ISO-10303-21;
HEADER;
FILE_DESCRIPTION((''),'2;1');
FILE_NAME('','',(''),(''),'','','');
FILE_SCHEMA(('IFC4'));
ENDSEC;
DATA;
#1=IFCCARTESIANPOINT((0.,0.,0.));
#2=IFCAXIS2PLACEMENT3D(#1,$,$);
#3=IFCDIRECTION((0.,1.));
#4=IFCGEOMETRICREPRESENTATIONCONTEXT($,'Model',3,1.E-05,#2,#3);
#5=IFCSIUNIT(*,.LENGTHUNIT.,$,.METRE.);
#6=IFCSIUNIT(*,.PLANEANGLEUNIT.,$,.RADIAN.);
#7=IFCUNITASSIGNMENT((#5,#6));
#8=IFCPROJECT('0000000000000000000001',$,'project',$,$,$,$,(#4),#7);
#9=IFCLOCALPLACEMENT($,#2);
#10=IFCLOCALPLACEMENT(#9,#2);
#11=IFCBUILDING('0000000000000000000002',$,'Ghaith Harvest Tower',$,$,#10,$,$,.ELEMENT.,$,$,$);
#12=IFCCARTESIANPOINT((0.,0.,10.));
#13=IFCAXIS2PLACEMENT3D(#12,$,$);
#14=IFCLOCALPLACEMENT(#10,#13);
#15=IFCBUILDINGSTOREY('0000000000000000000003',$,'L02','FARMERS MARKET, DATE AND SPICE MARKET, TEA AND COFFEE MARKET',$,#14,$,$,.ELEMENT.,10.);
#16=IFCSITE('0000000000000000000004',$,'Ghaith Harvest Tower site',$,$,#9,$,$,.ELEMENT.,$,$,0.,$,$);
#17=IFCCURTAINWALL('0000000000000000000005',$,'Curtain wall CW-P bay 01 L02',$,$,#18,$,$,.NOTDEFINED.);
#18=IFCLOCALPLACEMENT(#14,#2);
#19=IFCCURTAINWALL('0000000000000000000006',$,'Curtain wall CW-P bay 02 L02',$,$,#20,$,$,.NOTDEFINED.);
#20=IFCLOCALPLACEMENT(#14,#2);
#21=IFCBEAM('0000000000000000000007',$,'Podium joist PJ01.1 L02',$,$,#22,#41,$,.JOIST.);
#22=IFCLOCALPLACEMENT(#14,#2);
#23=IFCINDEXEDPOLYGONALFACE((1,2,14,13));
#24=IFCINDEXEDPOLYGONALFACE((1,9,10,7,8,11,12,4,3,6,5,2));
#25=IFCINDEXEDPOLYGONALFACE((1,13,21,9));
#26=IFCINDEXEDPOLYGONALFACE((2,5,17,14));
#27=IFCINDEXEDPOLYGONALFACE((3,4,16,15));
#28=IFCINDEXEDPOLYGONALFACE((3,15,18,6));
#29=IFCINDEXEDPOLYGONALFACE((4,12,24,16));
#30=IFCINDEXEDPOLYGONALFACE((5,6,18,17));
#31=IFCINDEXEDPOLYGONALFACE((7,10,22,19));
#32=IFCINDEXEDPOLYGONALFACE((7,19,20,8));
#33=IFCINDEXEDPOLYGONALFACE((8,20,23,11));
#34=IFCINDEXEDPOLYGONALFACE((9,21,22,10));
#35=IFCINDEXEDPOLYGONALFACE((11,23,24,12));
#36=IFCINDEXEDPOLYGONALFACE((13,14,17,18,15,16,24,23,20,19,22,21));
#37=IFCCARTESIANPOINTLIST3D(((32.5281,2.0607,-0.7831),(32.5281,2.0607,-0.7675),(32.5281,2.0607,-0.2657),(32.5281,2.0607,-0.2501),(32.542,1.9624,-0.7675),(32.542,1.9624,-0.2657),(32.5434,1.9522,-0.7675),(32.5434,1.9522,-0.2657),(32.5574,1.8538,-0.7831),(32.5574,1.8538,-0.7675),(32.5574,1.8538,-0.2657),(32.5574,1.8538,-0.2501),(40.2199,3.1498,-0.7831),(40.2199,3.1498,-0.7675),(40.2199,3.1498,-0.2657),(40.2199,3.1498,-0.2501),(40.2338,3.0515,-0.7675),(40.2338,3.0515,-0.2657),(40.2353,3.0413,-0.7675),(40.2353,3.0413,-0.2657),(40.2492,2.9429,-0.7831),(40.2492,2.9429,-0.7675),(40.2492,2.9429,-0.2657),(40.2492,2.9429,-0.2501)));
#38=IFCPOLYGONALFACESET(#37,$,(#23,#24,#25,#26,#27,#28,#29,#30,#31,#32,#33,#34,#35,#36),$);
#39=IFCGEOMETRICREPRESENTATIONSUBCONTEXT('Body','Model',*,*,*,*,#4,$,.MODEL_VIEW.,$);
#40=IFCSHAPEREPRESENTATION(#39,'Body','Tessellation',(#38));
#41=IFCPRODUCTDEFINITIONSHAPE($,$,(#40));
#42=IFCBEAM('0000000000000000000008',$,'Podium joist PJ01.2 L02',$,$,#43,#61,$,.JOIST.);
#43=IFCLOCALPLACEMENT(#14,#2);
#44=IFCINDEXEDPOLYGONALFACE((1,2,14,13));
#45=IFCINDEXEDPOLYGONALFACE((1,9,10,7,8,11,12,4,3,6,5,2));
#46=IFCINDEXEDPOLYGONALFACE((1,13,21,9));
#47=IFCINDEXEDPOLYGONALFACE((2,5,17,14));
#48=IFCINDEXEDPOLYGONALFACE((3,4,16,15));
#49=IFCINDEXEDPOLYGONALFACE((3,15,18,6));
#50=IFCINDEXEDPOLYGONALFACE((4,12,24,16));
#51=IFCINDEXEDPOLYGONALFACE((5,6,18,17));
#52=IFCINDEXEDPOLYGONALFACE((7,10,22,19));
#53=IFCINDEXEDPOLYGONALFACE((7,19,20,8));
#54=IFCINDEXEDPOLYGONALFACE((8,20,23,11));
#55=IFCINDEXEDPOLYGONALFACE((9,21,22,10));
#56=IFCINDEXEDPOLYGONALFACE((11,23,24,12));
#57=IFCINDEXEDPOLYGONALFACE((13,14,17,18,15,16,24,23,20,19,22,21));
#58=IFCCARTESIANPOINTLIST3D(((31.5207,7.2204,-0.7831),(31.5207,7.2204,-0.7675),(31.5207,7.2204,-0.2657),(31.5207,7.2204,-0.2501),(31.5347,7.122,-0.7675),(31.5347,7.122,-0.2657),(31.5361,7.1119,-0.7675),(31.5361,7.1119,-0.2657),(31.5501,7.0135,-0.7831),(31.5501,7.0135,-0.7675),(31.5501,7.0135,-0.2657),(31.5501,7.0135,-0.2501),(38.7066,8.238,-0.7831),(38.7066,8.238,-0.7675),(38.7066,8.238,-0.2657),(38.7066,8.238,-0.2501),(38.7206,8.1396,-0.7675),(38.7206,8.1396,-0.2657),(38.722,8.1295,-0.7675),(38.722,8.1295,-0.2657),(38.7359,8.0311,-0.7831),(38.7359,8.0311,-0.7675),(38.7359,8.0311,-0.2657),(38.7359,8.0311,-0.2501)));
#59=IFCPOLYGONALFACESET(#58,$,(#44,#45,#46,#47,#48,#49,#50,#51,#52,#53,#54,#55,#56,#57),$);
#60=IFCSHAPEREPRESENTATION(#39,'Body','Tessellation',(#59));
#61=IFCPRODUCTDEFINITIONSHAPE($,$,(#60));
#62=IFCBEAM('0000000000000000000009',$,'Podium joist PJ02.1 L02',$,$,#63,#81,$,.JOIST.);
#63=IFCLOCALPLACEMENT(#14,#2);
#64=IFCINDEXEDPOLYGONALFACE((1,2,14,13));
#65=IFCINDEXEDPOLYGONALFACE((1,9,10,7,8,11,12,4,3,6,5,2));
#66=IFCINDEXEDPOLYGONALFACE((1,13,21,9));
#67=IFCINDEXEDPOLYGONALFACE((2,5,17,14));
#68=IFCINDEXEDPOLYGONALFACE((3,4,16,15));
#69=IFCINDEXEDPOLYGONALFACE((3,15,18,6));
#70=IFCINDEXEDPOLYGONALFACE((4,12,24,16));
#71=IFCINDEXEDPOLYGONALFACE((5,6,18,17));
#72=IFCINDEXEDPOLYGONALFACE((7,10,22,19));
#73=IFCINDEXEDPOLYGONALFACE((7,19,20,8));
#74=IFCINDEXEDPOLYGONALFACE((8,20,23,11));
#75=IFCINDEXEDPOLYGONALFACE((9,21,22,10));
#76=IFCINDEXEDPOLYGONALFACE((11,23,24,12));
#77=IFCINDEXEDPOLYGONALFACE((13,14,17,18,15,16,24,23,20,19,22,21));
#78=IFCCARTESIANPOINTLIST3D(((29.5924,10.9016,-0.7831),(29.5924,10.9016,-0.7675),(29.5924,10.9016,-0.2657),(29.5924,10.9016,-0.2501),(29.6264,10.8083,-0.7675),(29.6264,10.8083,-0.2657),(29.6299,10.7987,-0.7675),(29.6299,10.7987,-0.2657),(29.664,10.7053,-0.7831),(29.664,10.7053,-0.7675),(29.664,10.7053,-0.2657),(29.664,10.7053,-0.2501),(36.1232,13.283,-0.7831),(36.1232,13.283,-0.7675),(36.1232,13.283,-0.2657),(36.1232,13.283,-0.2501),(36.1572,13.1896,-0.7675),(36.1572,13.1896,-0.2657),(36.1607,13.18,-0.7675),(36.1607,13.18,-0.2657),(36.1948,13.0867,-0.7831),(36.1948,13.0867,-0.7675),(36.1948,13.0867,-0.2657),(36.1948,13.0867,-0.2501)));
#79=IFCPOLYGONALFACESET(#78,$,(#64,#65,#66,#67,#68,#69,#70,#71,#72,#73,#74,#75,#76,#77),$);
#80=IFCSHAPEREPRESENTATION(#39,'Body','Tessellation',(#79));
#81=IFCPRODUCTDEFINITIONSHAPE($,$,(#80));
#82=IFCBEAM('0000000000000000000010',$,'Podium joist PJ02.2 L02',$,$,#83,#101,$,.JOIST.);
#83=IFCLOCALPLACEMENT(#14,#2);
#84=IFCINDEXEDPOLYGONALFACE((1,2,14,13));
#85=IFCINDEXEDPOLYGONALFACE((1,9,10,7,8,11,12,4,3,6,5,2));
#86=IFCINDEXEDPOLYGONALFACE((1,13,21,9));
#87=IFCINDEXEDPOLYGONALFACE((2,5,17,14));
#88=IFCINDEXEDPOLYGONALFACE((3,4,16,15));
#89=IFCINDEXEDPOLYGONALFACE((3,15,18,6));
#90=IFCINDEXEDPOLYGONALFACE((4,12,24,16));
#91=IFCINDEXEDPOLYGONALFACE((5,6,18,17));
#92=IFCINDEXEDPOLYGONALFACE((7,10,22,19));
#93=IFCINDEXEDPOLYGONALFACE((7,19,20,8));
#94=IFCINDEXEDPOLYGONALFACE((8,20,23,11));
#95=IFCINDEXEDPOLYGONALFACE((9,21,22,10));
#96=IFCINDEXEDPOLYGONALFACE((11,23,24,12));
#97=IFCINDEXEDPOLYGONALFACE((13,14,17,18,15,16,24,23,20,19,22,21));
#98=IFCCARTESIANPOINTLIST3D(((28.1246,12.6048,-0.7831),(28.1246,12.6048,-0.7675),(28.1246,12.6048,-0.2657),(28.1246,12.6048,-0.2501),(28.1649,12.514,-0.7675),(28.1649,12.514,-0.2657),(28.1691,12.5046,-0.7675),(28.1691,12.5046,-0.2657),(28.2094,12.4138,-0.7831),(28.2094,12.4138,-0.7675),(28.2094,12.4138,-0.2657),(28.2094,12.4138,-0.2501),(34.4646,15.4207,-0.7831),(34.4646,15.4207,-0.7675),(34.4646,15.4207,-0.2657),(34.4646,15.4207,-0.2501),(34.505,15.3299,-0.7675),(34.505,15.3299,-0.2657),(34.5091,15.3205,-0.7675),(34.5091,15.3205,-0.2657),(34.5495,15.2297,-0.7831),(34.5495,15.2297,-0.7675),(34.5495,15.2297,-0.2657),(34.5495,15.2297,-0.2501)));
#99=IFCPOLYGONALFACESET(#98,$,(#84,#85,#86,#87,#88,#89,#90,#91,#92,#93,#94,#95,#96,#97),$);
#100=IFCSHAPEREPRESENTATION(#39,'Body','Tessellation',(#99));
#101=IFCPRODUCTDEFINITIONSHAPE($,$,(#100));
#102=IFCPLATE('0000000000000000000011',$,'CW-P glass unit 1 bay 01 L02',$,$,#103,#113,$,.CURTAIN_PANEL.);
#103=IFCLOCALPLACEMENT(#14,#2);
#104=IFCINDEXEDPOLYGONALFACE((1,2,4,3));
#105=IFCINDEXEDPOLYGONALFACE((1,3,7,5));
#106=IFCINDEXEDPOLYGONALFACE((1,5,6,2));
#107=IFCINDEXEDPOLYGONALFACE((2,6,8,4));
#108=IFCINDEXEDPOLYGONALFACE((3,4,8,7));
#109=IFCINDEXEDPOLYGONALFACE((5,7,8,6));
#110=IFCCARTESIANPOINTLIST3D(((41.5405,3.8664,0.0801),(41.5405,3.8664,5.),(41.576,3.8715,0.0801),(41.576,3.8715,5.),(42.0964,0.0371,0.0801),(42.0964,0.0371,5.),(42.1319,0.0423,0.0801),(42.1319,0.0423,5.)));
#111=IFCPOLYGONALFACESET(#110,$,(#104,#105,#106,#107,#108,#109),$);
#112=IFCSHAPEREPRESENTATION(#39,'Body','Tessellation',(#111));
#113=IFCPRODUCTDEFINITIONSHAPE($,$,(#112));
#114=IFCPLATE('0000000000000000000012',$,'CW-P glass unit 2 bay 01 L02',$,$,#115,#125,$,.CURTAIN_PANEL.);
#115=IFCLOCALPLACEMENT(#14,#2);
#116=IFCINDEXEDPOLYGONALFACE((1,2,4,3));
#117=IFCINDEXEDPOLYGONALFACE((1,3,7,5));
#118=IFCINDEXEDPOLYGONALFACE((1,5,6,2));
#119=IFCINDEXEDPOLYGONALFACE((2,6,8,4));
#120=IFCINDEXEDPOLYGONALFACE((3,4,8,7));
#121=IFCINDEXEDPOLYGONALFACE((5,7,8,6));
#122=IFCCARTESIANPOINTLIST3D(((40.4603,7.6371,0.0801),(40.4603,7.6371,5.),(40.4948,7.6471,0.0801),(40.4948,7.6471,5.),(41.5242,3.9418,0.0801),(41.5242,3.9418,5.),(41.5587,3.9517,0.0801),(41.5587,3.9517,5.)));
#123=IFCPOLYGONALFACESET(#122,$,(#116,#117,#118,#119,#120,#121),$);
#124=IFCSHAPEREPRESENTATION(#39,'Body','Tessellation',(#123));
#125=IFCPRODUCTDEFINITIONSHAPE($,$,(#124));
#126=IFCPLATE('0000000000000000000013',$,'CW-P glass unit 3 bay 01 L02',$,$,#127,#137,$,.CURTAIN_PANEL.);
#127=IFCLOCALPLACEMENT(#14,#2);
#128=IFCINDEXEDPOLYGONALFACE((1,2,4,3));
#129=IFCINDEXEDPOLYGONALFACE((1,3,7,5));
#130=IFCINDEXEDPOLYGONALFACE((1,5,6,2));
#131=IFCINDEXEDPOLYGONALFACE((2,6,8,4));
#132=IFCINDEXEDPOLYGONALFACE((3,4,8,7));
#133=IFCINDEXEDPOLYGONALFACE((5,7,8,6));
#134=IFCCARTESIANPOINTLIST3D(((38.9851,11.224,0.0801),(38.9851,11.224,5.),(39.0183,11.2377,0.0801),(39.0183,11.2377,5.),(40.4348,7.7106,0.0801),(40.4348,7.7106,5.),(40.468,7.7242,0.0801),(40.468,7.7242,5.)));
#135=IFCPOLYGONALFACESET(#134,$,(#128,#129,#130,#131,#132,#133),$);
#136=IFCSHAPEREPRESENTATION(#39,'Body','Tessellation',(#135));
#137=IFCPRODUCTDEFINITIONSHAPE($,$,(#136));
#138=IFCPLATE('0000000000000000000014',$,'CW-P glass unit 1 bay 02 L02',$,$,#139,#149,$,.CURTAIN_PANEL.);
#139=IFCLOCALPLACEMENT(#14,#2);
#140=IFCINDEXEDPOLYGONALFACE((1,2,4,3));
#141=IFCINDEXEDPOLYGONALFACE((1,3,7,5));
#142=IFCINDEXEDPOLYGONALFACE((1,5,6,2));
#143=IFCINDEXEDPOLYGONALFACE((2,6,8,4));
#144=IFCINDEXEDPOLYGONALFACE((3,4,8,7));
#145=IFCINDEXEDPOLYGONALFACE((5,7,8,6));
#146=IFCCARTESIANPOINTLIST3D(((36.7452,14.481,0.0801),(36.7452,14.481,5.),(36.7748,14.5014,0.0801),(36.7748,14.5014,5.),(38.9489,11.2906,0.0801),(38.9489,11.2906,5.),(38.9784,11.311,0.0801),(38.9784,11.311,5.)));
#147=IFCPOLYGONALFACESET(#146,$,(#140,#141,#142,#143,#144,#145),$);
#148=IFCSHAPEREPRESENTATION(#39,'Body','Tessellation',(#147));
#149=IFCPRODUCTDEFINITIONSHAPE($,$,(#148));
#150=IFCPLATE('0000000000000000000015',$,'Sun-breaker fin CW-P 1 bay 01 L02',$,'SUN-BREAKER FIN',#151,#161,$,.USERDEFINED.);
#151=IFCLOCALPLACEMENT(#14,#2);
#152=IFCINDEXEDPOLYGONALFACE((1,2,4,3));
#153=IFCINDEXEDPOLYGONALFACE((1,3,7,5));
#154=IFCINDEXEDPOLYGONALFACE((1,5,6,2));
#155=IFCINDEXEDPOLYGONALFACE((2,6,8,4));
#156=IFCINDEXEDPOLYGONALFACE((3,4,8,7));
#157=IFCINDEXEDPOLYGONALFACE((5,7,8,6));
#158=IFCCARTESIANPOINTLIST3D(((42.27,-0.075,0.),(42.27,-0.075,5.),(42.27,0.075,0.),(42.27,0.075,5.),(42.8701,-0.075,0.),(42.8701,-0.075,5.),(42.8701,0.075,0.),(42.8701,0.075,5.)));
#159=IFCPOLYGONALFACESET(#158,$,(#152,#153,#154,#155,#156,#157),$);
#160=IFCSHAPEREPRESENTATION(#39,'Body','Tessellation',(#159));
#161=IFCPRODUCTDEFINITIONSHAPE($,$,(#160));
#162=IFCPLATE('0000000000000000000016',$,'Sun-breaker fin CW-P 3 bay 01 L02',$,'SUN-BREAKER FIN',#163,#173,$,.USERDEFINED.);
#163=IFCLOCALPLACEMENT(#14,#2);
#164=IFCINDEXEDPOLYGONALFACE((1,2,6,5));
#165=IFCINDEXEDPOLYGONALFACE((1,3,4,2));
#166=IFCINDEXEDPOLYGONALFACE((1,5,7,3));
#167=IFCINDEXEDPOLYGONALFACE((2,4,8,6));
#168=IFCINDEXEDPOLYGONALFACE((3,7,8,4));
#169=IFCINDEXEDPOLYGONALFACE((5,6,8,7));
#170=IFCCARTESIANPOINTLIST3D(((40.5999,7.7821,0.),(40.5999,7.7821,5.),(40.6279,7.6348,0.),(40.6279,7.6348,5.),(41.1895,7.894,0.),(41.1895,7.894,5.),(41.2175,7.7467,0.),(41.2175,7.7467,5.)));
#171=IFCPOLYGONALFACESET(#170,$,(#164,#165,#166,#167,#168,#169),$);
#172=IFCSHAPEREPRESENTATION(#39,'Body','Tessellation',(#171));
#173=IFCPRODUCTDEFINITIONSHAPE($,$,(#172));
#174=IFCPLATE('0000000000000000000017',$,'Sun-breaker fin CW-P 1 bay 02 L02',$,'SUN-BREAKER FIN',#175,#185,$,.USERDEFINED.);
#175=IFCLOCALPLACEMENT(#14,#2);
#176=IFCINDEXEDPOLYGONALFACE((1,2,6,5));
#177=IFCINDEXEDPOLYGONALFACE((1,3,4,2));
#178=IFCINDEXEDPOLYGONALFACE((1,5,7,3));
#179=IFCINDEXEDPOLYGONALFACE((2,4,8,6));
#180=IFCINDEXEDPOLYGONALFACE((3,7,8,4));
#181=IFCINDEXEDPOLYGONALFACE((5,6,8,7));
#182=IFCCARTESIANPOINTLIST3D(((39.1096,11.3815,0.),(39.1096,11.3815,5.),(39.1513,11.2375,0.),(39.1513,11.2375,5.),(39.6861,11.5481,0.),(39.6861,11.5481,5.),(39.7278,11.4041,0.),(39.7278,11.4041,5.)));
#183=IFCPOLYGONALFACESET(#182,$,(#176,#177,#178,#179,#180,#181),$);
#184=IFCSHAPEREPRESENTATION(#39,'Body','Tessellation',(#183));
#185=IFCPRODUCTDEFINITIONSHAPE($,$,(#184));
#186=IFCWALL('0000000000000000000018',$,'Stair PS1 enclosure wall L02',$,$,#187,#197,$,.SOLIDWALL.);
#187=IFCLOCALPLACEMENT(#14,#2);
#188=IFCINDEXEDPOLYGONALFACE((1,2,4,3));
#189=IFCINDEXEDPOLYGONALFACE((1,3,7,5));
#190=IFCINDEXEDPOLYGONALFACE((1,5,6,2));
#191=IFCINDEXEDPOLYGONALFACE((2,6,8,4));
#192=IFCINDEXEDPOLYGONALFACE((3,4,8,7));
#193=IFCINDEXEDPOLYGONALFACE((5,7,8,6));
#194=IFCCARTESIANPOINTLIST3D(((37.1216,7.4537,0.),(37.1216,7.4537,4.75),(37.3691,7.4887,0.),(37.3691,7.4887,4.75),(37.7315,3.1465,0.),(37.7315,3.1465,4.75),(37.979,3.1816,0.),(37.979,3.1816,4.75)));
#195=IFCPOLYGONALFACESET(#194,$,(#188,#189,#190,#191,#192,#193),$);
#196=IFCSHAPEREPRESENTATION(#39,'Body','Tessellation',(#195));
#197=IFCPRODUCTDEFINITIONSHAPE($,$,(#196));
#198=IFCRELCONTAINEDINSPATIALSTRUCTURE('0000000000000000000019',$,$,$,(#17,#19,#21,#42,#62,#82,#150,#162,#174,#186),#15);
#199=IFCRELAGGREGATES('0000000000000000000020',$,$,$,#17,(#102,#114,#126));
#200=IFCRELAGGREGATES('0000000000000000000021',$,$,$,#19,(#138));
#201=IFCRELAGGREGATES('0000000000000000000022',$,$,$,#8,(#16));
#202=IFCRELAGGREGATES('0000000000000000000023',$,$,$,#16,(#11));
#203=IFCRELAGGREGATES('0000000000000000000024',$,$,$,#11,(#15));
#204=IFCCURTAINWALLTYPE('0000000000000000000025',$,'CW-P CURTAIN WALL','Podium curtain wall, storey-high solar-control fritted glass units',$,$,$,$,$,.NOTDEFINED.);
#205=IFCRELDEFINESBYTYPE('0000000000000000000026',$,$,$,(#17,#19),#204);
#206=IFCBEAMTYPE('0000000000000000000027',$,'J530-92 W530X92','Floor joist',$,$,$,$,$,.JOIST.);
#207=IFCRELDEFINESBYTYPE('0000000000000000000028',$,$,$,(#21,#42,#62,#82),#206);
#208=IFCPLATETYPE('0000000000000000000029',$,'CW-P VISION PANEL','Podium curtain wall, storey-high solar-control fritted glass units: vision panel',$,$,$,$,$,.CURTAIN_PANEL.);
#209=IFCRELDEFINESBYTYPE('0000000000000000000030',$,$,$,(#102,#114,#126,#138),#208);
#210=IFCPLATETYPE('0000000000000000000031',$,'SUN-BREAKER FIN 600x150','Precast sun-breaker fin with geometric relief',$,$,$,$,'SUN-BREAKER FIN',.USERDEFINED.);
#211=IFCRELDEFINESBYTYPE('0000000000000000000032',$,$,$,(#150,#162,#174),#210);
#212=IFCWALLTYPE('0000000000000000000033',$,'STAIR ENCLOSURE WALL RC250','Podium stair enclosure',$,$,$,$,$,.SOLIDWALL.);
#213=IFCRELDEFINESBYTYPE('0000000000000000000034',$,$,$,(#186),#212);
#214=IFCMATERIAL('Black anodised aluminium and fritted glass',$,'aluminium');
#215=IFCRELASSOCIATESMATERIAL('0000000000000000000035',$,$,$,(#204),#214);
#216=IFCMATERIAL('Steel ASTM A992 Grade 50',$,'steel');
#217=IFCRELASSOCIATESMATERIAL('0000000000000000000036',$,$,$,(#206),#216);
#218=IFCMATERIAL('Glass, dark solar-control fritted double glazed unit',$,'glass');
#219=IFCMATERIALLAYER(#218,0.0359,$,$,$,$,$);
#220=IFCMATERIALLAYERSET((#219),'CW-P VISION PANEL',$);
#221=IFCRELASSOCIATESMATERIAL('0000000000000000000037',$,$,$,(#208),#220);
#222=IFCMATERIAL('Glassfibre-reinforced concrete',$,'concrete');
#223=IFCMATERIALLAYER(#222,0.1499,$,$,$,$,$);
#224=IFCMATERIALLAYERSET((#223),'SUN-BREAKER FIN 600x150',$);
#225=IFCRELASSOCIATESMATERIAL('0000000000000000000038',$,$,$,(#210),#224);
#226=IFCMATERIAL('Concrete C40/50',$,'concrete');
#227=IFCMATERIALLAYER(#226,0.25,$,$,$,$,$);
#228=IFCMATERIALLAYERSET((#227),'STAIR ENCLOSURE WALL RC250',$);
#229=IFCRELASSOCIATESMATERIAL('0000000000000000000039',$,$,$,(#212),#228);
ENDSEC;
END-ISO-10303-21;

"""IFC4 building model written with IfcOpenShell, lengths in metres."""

from ifc_helpers import new_model, si_unit, direction, frame, frame_2d, origin, origin_2d, place, context, subcontext, project, spatial, rectangle, i_section, extrude, material, layer, layer_set, material_profile, profile_set, type_object, element, aggregate, save


model = new_model("IFC4")

# Units and contexts
model_context = context("Model", 3, precision=1e-05, world=origin(), true_north=direction((0.0, 1.0)))
body_context = subcontext(model_context, "Body", "Model", "MODEL_VIEW")
ifc_project = project(units=[si_unit("LENGTHUNIT", "METRE"), si_unit("PLANEANGLEUNIT", "RADIAN")], contexts=[model_context])

# Site, building, storey
site_placement = place(None, origin())
site = spatial("IfcSite", under=ifc_project, at=site_placement, Name="Ghaith Harvest Tower site", CompositionType="ELEMENT", RefElevation=0.0)
building_placement = place(site_placement, origin())
building = spatial("IfcBuilding", under=site, at=building_placement, Name="Ghaith Harvest Tower", CompositionType="ELEMENT")
storey_placement = place(building_placement, frame((0.0, 0.0, 10.0)))
storey = spatial("IfcBuildingStorey", under=building, at=storey_placement, Name="L02", Description="FARMERS MARKET, DATE AND SPICE MARKET, TEA AND COFFEE MARKET", CompositionType="ELEMENT", Elevation=10.0)

# Curtain wall
ifc_material_1 = material(Name="Black anodised aluminium and fritted glass", Category="aluminium")
curtain_wall_type = type_object("IfcCurtainWallType", Name="CW-P CURTAIN WALL", Description="Podium curtain wall, storey-high solar-control fritted glass units", PredefinedType="NOTDEFINED", material=ifc_material_1)
curtain_wall_1_placement = place(storey_placement, origin())
curtain_wall_1 = element("IfcCurtainWall", 1, at=curtain_wall_1_placement, inside=storey, type_object=curtain_wall_type, Name="Curtain wall CW-P bay 01 L02", PredefinedType="NOTDEFINED")

# Curtain wall
curtain_wall_2_placement = place(storey_placement, origin())
curtain_wall_2 = element("IfcCurtainWall", 2, at=curtain_wall_2_placement, inside=storey, type_object=curtain_wall_type, Name="Curtain wall CW-P bay 02 L02", PredefinedType="NOTDEFINED")

# Beams
ifc_material_2 = material(Name="Steel ASTM A992 Grade 50", Category="steel")
ifc_material_profile_1 = material_profile(ifc_material_2, i_section(OverallWidth=0.209, OverallDepth=0.533, WebThickness=0.0103, FlangeThickness=0.0156, at=origin_2d()), Name="W530X92")
ifc_profile_set_1 = profile_set([ifc_material_profile_1], Name="Steel ASTM A992 Grade 50")
beam_type_1 = type_object("IfcBeamType", Name="J530-92 W530X92", Description="Floor joist", PredefinedType="JOIST", material=ifc_profile_set_1)
beam_1_placement = place(storey_placement, frame((32.5427, 1.9573, -0.5166), z_axis=(0.990124, 0.140194, 0.0), x_axis=(-0.140194, 0.990124, 0.0)))
element("IfcBeam", 3, at=beam_1_placement, inside=storey, type_object=beam_type_1, Name="Podium joist PJ01.1 L02", PredefinedType="JOIST", context=body_context, shape_type="SweptSolid", body=[
    extrude(i_section(OverallWidth=0.209, OverallDepth=0.533, WebThickness=0.0103, FlangeThickness=0.0156, at=origin_2d()), origin(), (0.0, 0.0, 1.0), 7.7686),
])
beam_2_placement = place(storey_placement, frame((31.5354, 7.1169, -0.5166), z_axis=(0.990122, 0.140211, 0.0), x_axis=(-0.140211, 0.990122, 0.0)))
element("IfcBeam", 4, at=beam_2_placement, inside=storey, type_object=beam_type_1, Name="Podium joist PJ01.2 L02", PredefinedType="JOIST", context=body_context, shape_type="SweptSolid", body=[
    extrude(i_section(OverallWidth=0.209, OverallDepth=0.533, WebThickness=0.0103, FlangeThickness=0.0156, at=origin_2d()), origin(), (0.0, 0.0, 1.0), 7.2576),
])
beam_3_placement = place(storey_placement, frame((29.6282, 10.8035, -0.5166), z_axis=(0.939492, 0.342572, 0.0), x_axis=(-0.342572, 0.939492, 0.0)))
element("IfcBeam", 5, at=beam_3_placement, inside=storey, type_object=beam_type_1, Name="Podium joist PJ02.1 L02", PredefinedType="JOIST", context=body_context, shape_type="SweptSolid", body=[
    extrude(i_section(OverallWidth=0.209, OverallDepth=0.533, WebThickness=0.0103, FlangeThickness=0.0156, at=origin_2d()), origin(), (0.0, 0.0, 1.0), 6.9514),
])
beam_4_placement = place(storey_placement, frame((28.167, 12.5093, -0.5166), z_axis=(0.913913, 0.40591, 0.0), x_axis=(-0.40591, 0.913913, 0.0)))
element("IfcBeam", 6, at=beam_4_placement, inside=storey, type_object=beam_type_1, Name="Podium joist PJ02.2 L02", PredefinedType="JOIST", context=body_context, shape_type="SweptSolid", body=[
    extrude(i_section(OverallWidth=0.209, OverallDepth=0.533, WebThickness=0.0103, FlangeThickness=0.0156, at=origin_2d()), origin(), (0.0, 0.0, 1.0), 6.9373),
])

# Plates
ifc_material_3 = material(Name="Glass, dark solar-control fritted double glazed unit", Category="glass")
ifc_layer_1 = layer(ifc_material_3, 0.0359)
ifc_layer_set_1 = layer_set([ifc_layer_1], Name="CW-P VISION PANEL")
plate_type_1 = type_object("IfcPlateType", Name="CW-P VISION PANEL", Description="Podium curtain wall, storey-high solar-control fritted glass units: vision panel", PredefinedType="CURTAIN_PANEL", material=ifc_layer_set_1)
plate_1_placement = place(storey_placement, frame((41.8362, 1.9543, 0.0801), z_axis=(0.0, 0.0, 1.0), x_axis=(-0.14367, 0.989626, 0.0)))
plate_1 = element("IfcPlate", 7, at=plate_1_placement, type_object=plate_type_1, Name="CW-P glass unit 1 bay 01 L02", PredefinedType="CURTAIN_PANEL", context=body_context, shape_type="SweptSolid", body=[
    extrude(rectangle(XDim=3.8694, YDim=0.0359, at=origin_2d()), origin(), (0.0, 0.0, 1.0), 4.9199),
])
plate_2_placement = place(storey_placement, frame((41.0095, 5.7944, 0.0801), z_axis=(0.0, 0.0, 1.0), x_axis=(-0.276673, 0.960964, 0.0)))
plate_2 = element("IfcPlate", 8, at=plate_2_placement, type_object=plate_type_1, Name="CW-P glass unit 2 bay 01 L02", PredefinedType="CURTAIN_PANEL", context=body_context, shape_type="SweptSolid", body=[
    extrude(rectangle(XDim=3.8455, YDim=0.0359, at=origin_2d()), origin(), (0.0, 0.0, 1.0), 4.9199),
])
plate_3_placement = place(storey_placement, frame((39.7266, 9.4741, 0.0801), z_axis=(0.0, 0.0, 1.0), x_axis=(-0.38143, 0.924398, 0.0)))
plate_3 = element("IfcPlate", 9, at=plate_3_placement, type_object=plate_type_1, Name="CW-P glass unit 3 bay 01 L02", PredefinedType="CURTAIN_PANEL", context=body_context, shape_type="SweptSolid", body=[
    extrude(rectangle(XDim=3.8008, YDim=0.0359, at=origin_2d()), origin(), (0.0, 0.0, 1.0), 4.9199),
])
aggregate(curtain_wall_1, [plate_1, plate_2, plate_3])
plate_4_placement = place(storey_placement, frame((37.8618, 12.896, 0.0801), z_axis=(0.0, 0.0, 1.0), x_axis=(-0.56832, 0.822808, 0.0)))
plate_4 = element("IfcPlate", 10, at=plate_4_placement, type_object=plate_type_1, Name="CW-P glass unit 1 bay 02 L02", PredefinedType="CURTAIN_PANEL", context=body_context, shape_type="SweptSolid", body=[
    extrude(rectangle(XDim=3.8774, YDim=0.0359, at=origin_2d()), origin(), (0.0, 0.0, 1.0), 4.9199),
])
aggregate(curtain_wall_2, [plate_4])

# Plates
ifc_material_4 = material(Name="Glassfibre-reinforced concrete", Category="concrete")
ifc_layer_2 = layer(ifc_material_4, 0.1499)
ifc_layer_set_2 = layer_set([ifc_layer_2], Name="SUN-BREAKER FIN 600x150")
plate_type_2 = type_object("IfcPlateType", Name="SUN-BREAKER FIN 600x150", Description="Precast sun-breaker fin with geometric relief", ElementType="SUN-BREAKER FIN", PredefinedType="USERDEFINED", material=ifc_layer_set_2)
for number, where, z_axis, x_axis, name in (
    (11, (42.5701, 0.0, 0.0), (0.0, 0.0, 1.0), (1.0, 0.0, 0.0), "Sun-breaker fin CW-P 1 bay 01 L02"),
    (12, (40.9087, 7.7644, 0.0), (0.0, 0.0, 1.0), (0.98246, 0.186471, 0.0), "Sun-breaker fin CW-P 3 bay 01 L02"),
    (13, (39.4187, 11.3928, 0.0), (0.0, 0.0, 1.0), (0.96068, 0.277657, 0.0), "Sun-breaker fin CW-P 1 bay 02 L02"),
):
    element("IfcPlate", number, at=place(storey_placement, frame(where, z_axis=z_axis, x_axis=x_axis)), inside=storey, type_object=plate_type_2, Name=name, ObjectType="SUN-BREAKER FIN", PredefinedType="USERDEFINED", context=body_context, shape_type="SweptSolid", body=[
        extrude(rectangle(XDim=0.6001, YDim=0.1499, at=origin_2d()), origin(), (0.0, 0.0, 1.0), 5.0),
    ])

# Shared definitions
ifc_material_5 = material(Name="Concrete C40/50", Category="concrete")
ifc_layer_3 = layer(ifc_material_5, 0.25)
ifc_layer_set_3 = layer_set([ifc_layer_3], Name="STAIR ENCLOSURE WALL RC250")
wall_type = type_object("IfcWallType", Name="STAIR ENCLOSURE WALL RC250", Description="Podium stair enclosure", PredefinedType="SOLIDWALL", material=ifc_layer_set_3)

# Wall
wall_1_placement = place(storey_placement, frame((37.2454, 7.4712, 0.0), z_axis=(0.0, 0.0, 1.0), x_axis=(0.140196, -0.990124, 0.0)))
element("IfcWall", 14, at=wall_1_placement, inside=storey, type_object=wall_type, Name="Stair PS1 enclosure wall L02", PredefinedType="SOLIDWALL", context=body_context, shape_type="SweptSolid", body=[
    extrude(rectangle(XDim=4.3501, YDim=0.25, at=frame_2d((2.175, 0.0))), origin(), (0.0, 0.0, 1.0), 4.75),
])

save(model, "model.ifc")
